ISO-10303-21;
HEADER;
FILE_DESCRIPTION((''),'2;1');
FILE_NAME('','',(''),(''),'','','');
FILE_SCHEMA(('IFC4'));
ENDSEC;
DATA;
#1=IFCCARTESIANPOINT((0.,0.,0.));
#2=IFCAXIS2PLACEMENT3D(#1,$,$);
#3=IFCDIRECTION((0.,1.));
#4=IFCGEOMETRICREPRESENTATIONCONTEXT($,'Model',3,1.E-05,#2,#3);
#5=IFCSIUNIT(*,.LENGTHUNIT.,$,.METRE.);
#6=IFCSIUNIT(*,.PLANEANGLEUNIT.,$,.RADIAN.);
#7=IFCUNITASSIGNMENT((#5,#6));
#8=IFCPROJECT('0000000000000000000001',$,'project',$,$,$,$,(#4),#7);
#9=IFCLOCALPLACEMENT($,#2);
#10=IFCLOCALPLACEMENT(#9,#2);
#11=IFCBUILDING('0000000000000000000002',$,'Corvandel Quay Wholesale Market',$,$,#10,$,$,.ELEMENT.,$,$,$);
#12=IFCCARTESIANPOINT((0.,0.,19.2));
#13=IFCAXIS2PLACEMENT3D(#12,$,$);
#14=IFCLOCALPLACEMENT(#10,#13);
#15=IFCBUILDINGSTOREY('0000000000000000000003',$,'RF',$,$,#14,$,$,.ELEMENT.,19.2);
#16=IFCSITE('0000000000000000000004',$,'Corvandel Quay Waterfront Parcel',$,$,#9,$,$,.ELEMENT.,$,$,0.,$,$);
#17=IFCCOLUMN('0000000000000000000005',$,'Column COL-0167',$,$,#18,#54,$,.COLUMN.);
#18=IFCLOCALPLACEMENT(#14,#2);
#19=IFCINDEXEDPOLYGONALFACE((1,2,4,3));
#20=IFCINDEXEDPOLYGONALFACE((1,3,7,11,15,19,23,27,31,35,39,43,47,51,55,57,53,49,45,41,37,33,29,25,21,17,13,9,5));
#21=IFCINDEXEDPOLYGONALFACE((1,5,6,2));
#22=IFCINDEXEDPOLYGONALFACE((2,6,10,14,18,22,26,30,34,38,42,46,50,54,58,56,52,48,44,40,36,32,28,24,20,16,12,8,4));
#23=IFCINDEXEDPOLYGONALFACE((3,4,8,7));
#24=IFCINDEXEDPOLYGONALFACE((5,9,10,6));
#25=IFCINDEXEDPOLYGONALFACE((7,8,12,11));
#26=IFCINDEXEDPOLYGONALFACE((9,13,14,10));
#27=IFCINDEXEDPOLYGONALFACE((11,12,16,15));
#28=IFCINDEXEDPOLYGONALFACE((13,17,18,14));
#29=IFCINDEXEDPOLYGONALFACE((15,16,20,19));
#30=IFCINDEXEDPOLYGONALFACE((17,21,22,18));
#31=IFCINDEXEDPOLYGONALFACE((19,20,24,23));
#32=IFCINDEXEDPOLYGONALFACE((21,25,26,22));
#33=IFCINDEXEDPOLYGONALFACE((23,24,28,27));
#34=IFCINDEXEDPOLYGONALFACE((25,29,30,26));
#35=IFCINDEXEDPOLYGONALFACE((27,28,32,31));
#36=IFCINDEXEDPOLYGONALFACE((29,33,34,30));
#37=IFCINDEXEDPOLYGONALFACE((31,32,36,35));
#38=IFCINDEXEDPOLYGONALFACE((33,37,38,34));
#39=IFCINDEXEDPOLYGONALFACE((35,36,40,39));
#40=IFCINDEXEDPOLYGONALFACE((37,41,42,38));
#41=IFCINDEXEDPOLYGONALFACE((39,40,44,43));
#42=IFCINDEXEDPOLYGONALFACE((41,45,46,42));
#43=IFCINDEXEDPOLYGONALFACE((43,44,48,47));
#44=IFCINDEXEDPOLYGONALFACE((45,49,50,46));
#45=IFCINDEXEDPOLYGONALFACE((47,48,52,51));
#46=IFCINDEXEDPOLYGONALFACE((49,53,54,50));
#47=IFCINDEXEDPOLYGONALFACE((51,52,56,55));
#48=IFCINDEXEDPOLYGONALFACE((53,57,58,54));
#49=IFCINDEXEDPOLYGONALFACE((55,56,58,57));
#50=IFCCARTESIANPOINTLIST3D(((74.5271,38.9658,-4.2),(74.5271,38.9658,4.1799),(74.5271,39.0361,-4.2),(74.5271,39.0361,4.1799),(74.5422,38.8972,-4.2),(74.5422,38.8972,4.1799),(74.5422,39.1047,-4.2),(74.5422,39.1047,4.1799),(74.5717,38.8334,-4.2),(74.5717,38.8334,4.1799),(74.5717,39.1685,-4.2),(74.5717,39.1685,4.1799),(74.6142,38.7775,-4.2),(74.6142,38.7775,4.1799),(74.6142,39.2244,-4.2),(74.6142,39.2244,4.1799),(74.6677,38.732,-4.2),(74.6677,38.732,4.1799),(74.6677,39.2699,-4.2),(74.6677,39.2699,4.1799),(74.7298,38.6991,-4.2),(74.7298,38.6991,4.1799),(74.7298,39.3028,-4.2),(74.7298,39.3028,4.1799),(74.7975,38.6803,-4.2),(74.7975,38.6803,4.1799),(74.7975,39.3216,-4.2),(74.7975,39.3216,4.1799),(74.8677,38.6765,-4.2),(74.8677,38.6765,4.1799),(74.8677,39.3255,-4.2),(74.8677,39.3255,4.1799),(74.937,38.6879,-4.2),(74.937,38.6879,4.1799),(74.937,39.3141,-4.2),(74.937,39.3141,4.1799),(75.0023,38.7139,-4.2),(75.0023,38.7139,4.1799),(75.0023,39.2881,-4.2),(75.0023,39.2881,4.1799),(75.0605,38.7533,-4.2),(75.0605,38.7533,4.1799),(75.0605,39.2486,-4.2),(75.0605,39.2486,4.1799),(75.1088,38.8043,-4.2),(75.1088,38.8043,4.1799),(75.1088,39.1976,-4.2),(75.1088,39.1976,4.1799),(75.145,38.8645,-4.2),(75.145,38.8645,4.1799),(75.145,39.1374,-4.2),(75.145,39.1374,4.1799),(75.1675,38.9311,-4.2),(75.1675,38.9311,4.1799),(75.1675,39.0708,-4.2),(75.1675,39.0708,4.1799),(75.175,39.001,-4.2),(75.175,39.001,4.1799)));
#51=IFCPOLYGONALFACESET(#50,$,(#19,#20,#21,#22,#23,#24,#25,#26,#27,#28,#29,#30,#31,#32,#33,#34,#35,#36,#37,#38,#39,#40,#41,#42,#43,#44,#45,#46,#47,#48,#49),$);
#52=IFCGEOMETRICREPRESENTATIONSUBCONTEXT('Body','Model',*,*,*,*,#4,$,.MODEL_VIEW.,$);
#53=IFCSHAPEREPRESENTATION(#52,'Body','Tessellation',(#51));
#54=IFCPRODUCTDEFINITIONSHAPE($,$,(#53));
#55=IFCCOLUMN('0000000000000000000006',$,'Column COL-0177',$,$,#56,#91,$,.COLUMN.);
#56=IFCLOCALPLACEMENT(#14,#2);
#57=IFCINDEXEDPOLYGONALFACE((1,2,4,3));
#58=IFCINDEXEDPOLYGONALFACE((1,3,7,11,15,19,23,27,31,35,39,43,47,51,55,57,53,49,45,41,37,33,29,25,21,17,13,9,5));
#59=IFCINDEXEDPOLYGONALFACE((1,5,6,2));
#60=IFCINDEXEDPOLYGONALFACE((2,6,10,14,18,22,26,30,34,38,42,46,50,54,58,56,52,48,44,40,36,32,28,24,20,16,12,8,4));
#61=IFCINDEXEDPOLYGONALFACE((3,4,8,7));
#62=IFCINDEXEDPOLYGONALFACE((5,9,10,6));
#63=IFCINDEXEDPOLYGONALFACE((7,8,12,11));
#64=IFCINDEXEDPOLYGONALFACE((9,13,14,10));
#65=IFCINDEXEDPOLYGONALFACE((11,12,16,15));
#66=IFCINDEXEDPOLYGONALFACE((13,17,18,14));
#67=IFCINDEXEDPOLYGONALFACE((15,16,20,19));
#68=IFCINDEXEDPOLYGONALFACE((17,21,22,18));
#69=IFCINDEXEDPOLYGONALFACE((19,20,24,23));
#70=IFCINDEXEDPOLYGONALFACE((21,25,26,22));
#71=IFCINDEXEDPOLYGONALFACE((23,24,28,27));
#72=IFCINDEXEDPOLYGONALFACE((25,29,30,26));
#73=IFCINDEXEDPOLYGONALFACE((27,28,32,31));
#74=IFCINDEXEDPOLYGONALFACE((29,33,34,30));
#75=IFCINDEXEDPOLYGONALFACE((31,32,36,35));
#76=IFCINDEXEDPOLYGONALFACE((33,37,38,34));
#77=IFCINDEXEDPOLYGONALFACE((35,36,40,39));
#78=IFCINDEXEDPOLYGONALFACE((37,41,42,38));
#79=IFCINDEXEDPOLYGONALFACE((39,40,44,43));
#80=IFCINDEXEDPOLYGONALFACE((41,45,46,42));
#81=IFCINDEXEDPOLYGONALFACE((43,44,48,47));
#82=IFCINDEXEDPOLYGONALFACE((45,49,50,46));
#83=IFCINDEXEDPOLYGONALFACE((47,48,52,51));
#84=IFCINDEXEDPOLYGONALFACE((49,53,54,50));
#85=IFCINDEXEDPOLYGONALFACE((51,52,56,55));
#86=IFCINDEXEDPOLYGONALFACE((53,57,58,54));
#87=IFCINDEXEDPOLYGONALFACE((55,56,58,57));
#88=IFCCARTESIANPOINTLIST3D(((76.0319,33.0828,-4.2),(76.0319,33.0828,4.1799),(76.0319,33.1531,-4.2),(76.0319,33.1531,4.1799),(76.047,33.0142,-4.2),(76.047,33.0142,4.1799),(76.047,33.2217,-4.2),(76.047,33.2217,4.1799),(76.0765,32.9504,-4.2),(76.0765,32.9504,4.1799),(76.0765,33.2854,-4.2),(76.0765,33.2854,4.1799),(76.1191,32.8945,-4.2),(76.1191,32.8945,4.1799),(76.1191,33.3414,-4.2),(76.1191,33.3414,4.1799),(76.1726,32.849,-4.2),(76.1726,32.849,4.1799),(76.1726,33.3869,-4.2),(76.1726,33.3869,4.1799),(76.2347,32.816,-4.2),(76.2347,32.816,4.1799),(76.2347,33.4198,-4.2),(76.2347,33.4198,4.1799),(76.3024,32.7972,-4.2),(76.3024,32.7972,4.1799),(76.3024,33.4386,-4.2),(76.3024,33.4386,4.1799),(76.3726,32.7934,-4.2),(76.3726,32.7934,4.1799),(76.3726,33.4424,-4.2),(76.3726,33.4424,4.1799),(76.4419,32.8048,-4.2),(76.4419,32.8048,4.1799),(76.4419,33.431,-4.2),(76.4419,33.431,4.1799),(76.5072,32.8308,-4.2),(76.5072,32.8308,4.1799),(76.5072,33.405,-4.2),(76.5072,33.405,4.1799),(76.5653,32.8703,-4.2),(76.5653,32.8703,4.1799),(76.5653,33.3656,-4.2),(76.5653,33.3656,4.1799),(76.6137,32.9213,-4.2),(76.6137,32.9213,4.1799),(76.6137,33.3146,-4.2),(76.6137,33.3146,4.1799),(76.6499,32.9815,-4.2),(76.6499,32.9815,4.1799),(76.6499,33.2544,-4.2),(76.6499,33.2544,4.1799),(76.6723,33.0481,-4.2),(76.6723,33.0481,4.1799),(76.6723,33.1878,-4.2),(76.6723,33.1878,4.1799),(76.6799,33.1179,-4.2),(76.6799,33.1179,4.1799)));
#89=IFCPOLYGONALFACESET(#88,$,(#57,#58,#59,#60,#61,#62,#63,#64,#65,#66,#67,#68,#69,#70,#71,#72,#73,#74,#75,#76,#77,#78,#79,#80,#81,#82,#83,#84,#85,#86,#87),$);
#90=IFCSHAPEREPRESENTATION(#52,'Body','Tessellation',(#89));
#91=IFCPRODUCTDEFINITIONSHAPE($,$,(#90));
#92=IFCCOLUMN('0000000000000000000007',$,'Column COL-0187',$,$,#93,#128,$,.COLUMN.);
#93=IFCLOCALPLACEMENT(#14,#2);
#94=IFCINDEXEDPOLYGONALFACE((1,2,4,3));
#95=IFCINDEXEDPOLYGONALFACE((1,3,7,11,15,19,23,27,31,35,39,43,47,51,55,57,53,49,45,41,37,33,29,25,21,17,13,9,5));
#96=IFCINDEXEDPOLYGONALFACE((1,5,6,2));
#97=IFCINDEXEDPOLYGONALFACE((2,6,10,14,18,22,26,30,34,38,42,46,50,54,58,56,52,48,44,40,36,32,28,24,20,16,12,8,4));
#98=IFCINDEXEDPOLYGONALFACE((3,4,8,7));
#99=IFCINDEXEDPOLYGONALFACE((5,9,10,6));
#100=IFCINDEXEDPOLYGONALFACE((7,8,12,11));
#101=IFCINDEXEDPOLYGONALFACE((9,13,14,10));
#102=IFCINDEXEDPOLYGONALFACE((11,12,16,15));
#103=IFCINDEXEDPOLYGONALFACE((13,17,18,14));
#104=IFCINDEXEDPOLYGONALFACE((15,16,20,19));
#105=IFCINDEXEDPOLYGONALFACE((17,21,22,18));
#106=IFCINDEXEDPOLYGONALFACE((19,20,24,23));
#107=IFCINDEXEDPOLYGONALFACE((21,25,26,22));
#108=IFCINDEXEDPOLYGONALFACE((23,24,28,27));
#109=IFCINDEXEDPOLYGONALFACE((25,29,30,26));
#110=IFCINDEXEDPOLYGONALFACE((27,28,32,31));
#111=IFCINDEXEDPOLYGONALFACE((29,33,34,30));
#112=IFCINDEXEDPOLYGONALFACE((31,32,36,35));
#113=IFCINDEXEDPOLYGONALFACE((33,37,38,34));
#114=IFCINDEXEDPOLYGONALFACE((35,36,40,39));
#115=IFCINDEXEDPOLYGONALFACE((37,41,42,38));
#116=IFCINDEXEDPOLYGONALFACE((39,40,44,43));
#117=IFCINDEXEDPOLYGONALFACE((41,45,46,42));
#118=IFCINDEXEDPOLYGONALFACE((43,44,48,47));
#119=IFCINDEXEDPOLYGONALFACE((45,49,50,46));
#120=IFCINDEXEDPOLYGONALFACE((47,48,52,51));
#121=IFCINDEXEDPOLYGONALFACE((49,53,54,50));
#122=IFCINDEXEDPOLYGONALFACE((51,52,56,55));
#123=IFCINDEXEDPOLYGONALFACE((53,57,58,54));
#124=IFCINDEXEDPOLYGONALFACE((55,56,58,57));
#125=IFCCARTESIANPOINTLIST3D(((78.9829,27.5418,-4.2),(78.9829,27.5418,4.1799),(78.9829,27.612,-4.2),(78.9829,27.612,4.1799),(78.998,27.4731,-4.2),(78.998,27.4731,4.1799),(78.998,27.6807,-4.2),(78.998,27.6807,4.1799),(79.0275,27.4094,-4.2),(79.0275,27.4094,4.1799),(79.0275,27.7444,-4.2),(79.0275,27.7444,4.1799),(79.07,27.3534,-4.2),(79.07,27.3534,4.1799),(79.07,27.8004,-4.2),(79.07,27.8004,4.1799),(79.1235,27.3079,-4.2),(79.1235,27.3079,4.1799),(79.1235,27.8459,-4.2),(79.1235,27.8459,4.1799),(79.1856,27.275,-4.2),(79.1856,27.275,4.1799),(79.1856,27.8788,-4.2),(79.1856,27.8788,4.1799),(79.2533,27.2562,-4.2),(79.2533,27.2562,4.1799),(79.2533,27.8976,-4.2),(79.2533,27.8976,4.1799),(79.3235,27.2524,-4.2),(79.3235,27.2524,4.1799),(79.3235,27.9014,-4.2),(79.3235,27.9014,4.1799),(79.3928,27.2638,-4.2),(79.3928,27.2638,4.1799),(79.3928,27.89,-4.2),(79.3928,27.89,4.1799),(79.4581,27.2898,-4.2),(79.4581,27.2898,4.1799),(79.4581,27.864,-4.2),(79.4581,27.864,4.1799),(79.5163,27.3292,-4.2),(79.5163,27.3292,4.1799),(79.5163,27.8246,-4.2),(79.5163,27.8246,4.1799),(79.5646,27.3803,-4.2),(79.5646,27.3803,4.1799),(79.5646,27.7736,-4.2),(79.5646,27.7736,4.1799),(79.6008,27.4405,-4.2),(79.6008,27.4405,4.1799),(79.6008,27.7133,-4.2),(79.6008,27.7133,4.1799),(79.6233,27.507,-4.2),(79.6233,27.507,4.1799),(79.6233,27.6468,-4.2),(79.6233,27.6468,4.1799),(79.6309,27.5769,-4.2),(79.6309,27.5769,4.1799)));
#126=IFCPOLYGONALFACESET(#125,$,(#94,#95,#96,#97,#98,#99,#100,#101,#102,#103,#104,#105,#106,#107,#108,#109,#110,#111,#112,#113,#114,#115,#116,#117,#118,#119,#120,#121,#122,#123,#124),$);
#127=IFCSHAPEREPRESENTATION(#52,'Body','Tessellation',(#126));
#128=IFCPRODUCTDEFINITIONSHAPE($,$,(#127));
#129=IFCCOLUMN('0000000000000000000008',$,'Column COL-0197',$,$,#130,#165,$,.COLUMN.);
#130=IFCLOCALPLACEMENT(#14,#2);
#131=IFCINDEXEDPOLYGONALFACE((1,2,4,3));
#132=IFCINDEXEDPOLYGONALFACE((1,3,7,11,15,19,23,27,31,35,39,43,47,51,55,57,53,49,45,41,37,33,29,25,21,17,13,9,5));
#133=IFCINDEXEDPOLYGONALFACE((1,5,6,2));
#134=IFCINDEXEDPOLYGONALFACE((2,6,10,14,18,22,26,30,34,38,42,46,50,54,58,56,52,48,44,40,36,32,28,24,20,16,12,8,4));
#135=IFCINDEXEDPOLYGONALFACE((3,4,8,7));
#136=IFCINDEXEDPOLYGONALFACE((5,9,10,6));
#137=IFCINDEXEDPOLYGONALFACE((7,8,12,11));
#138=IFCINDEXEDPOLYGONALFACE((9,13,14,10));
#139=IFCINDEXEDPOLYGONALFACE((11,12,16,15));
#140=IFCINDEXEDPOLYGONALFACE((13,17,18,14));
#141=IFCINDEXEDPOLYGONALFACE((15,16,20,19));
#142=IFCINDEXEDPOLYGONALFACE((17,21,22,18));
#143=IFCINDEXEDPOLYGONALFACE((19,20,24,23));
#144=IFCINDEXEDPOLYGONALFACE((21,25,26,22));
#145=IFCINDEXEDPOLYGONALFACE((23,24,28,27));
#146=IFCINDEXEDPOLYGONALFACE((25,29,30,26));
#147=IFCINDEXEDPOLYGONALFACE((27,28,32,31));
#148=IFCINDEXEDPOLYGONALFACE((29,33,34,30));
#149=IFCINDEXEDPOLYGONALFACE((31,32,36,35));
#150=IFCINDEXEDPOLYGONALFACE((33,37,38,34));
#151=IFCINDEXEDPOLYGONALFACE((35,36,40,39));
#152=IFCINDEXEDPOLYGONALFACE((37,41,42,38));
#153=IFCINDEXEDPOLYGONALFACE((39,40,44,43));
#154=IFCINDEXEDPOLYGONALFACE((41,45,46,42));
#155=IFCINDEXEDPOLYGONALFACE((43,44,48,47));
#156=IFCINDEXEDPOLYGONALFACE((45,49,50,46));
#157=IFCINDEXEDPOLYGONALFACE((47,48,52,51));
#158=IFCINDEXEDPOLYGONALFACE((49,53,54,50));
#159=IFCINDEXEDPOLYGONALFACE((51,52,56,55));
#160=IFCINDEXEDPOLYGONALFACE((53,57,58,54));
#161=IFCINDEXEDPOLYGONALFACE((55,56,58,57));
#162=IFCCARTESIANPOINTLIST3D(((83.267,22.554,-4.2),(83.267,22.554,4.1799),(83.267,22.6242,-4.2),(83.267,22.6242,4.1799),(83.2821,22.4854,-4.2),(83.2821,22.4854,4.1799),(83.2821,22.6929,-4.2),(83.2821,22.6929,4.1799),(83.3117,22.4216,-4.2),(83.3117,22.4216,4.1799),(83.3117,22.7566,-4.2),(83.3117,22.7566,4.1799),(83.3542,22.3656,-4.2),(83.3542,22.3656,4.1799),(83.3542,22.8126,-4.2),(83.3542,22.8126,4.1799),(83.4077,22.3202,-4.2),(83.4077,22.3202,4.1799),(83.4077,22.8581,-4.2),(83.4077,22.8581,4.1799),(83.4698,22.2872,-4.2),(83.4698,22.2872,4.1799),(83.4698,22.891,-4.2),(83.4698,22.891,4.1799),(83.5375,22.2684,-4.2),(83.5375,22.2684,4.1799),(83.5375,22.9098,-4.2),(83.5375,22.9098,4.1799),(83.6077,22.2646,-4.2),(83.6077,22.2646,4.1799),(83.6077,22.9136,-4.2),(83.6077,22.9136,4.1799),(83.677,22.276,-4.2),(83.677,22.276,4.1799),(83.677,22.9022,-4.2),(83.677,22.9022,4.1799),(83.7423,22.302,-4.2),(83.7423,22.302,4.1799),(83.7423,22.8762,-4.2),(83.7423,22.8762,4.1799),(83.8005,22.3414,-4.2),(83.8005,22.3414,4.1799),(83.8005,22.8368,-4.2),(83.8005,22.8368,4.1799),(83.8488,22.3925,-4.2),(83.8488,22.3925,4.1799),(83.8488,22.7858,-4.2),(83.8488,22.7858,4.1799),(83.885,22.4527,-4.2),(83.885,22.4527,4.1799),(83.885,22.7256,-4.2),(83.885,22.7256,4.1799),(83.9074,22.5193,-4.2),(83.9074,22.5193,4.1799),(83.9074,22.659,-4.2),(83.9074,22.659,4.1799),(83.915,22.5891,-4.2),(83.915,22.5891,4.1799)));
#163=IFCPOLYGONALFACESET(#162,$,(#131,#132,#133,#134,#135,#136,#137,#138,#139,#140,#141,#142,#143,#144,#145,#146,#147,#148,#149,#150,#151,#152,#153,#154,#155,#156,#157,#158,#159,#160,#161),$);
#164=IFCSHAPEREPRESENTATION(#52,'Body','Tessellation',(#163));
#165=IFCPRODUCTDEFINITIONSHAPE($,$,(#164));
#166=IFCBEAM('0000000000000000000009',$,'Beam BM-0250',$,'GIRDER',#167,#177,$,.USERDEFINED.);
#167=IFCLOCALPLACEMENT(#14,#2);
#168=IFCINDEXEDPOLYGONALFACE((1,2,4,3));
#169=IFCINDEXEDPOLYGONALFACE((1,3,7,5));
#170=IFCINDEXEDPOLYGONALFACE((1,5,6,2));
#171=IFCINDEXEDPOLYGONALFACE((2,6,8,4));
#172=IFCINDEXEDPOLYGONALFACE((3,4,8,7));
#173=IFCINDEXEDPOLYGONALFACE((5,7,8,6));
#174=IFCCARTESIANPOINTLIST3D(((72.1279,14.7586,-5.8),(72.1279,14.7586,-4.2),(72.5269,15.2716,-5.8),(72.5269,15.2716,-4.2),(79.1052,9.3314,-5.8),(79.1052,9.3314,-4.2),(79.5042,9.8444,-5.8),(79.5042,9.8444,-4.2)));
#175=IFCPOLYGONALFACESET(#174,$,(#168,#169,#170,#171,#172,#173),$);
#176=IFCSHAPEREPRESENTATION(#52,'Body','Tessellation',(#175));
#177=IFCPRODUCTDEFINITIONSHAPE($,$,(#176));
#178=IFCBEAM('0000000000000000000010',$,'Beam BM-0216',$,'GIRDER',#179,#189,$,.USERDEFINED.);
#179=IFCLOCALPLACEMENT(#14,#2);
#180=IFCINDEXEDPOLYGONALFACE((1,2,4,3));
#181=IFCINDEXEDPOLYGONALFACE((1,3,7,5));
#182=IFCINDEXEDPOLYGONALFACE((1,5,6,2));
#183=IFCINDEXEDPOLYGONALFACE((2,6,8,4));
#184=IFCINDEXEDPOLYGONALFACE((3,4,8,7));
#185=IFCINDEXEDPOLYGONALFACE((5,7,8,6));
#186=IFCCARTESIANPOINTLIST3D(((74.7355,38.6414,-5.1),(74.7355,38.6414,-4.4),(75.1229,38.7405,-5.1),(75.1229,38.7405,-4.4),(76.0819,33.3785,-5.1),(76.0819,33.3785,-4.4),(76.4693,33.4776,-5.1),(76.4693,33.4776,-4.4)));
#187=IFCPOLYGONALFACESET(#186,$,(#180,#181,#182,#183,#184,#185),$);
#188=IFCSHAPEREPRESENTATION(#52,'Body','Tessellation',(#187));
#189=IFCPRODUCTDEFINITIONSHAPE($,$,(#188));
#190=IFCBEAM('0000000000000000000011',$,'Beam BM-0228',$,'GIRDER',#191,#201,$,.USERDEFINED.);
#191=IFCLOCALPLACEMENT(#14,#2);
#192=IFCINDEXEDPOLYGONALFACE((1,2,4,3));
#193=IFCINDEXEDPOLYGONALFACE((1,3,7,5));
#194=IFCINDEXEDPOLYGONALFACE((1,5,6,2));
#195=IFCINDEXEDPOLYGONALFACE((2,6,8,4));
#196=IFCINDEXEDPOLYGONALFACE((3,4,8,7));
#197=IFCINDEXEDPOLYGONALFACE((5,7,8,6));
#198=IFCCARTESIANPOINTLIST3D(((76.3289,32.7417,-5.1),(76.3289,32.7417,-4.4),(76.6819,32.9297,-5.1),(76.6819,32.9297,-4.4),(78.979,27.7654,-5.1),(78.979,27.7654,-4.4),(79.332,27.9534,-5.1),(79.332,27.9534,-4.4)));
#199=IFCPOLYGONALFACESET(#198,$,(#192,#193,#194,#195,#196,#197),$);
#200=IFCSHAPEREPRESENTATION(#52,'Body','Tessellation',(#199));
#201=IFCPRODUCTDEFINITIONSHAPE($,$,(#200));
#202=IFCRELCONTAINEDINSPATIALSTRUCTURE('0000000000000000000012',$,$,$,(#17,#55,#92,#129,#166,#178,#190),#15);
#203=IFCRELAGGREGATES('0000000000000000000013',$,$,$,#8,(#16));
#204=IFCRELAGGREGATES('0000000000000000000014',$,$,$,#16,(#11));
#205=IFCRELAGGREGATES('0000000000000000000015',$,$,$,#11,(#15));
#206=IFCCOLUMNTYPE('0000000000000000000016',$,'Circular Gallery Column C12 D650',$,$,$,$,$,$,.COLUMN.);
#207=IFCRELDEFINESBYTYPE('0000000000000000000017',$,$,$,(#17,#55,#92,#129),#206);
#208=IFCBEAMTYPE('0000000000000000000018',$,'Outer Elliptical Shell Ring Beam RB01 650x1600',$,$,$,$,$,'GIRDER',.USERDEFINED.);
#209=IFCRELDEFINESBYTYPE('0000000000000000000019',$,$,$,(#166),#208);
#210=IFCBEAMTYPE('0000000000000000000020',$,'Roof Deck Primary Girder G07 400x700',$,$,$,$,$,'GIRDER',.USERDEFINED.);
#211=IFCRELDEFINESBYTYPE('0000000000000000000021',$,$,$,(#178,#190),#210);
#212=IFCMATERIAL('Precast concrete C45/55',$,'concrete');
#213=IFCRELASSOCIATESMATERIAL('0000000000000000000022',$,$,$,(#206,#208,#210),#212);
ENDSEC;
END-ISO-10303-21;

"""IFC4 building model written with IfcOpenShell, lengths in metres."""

from ifc_helpers import new_model, si_unit, direction, frame, origin, origin_2d, place, context, subcontext, project, spatial, rectangle, circle, extrude, material, material_profile, profile_set, type_object, element, save


model = new_model("IFC4")

# Units and contexts
model_context = context("Model", 3, precision=1e-05, world=origin(), true_north=direction((0.0, 1.0)))
body_context = subcontext(model_context, "Body", "Model", "MODEL_VIEW")
ifc_project = project(units=[si_unit("LENGTHUNIT", "METRE"), si_unit("PLANEANGLEUNIT", "RADIAN")], contexts=[model_context])

# Site, building, storey
site_placement = place(None, origin())
site = spatial("IfcSite", under=ifc_project, at=site_placement, Name="Corvandel Quay Waterfront Parcel", CompositionType="ELEMENT", RefElevation=0.0)
building_placement = place(site_placement, origin())
building = spatial("IfcBuilding", under=site, at=building_placement, Name="Corvandel Quay Wholesale Market", CompositionType="ELEMENT")
storey_placement = place(building_placement, frame((0.0, 0.0, 19.2)))
storey = spatial("IfcBuildingStorey", under=building, at=storey_placement, Name="RF", CompositionType="ELEMENT", Elevation=19.2)

# Columns
ifc_material_1 = material(Name="Precast concrete C45/55", Category="concrete")
ifc_material_profile_1 = material_profile(ifc_material_1, circle(Radius=0.325, at=origin_2d()), Name="PC-COL-D650")
ifc_profile_set_1 = profile_set([ifc_material_profile_1], Name="Precast concrete C45/55")
column_type = type_object("IfcColumnType", Name="Circular Gallery Column C12 D650", PredefinedType="COLUMN", material=ifc_profile_set_1)
for number, where, z_axis, x_axis, name in (
    (1, (74.8501, 39.001, -4.2), (0.0, 0.0, 1.0), (1.0, 0.0, 0.0), "Column COL-0167"),
    (2, (76.355, 33.1179, -4.2), (0.0, 0.0, 1.0), (1.0, 0.0, 0.0), "Column COL-0177"),
    (3, (79.3059, 27.5769, -4.2), (0.0, 0.0, 1.0), (1.0, 0.0, 0.0), "Column COL-0187"),
    (4, (83.5901, 22.5891, -4.2), (0.0, 0.0, 1.0), (1.0, 0.0, 0.0), "Column COL-0197"),
):
    element("IfcColumn", number, at=place(storey_placement, frame(where, z_axis=z_axis, x_axis=x_axis)), inside=storey, type_object=column_type, Name=name, PredefinedType="COLUMN", context=body_context, shape_type="SweptSolid", body=[
        extrude(circle(Radius=0.325, at=origin_2d()), origin(), (0.0, 0.0, 1.0), 8.3799),
    ])

# Beams
ifc_material_profile_2 = material_profile(ifc_material_1, rectangle(XDim=0.6499, YDim=1.6001, at=origin_2d()), Name="PC-RING-650x1600")
ifc_profile_set_2 = profile_set([ifc_material_profile_2], Name="Precast concrete C45/55")
beam_type_1 = type_object("IfcBeamType", Name="Outer Elliptical Shell Ring Beam RB01 650x1600", ElementType="GIRDER", PredefinedType="USERDEFINED", material=ifc_profile_set_2)
beam_1_placement = place(storey_placement, frame((72.3274, 15.0151, -5.0), z_axis=(0.789327, -0.613973, 0.0), x_axis=(0.613973, 0.789327, 0.0)))
element("IfcBeam", 5, at=beam_1_placement, inside=storey, type_object=beam_type_1, Name="Beam BM-0250", ObjectType="GIRDER", PredefinedType="USERDEFINED", context=body_context, shape_type="SweptSolid", body=[
    extrude(rectangle(XDim=0.6499, YDim=1.6001, at=origin_2d()), origin(), (0.0, 0.0, 1.0), 8.8396),
])
ifc_material_profile_3 = material_profile(ifc_material_1, rectangle(XDim=0.3999, YDim=0.7, at=origin_2d()), Name="PC-GIR-400x700")
ifc_profile_set_3 = profile_set([ifc_material_profile_3], Name="Precast concrete C45/55")
beam_type_2 = type_object("IfcBeamType", Name="Roof Deck Primary Girder G07 400x700", ElementType="GIRDER", PredefinedType="USERDEFINED", material=ifc_profile_set_3)
beam_2_placement = place(storey_placement, frame((74.9292, 38.6909, -4.75), z_axis=(0.247851, -0.968798, 0.0), x_axis=(0.968798, 0.247851, 0.0)))
element("IfcBeam", 6, at=beam_2_placement, inside=storey, type_object=beam_type_2, Name="Beam BM-0216", ObjectType="GIRDER", PredefinedType="USERDEFINED", context=body_context, shape_type="SweptSolid", body=[
    extrude(rectangle(XDim=0.3999, YDim=0.7, at=origin_2d()), origin(), (0.0, 0.0, 1.0), 5.4324),
])
beam_3_placement = place(storey_placement, frame((76.5054, 32.8357, -4.75), z_axis=(0.470051, -0.882639, 0.0), x_axis=(0.882639, 0.470051, 0.0)))
element("IfcBeam", 7, at=beam_3_placement, inside=storey, type_object=beam_type_2, Name="Beam BM-0228", ObjectType="GIRDER", PredefinedType="USERDEFINED", context=body_context, shape_type="SweptSolid", body=[
    extrude(rectangle(XDim=0.3999, YDim=0.7, at=origin_2d()), origin(), (0.0, 0.0, 1.0), 5.6379),
])

save(model, "model.ifc")
